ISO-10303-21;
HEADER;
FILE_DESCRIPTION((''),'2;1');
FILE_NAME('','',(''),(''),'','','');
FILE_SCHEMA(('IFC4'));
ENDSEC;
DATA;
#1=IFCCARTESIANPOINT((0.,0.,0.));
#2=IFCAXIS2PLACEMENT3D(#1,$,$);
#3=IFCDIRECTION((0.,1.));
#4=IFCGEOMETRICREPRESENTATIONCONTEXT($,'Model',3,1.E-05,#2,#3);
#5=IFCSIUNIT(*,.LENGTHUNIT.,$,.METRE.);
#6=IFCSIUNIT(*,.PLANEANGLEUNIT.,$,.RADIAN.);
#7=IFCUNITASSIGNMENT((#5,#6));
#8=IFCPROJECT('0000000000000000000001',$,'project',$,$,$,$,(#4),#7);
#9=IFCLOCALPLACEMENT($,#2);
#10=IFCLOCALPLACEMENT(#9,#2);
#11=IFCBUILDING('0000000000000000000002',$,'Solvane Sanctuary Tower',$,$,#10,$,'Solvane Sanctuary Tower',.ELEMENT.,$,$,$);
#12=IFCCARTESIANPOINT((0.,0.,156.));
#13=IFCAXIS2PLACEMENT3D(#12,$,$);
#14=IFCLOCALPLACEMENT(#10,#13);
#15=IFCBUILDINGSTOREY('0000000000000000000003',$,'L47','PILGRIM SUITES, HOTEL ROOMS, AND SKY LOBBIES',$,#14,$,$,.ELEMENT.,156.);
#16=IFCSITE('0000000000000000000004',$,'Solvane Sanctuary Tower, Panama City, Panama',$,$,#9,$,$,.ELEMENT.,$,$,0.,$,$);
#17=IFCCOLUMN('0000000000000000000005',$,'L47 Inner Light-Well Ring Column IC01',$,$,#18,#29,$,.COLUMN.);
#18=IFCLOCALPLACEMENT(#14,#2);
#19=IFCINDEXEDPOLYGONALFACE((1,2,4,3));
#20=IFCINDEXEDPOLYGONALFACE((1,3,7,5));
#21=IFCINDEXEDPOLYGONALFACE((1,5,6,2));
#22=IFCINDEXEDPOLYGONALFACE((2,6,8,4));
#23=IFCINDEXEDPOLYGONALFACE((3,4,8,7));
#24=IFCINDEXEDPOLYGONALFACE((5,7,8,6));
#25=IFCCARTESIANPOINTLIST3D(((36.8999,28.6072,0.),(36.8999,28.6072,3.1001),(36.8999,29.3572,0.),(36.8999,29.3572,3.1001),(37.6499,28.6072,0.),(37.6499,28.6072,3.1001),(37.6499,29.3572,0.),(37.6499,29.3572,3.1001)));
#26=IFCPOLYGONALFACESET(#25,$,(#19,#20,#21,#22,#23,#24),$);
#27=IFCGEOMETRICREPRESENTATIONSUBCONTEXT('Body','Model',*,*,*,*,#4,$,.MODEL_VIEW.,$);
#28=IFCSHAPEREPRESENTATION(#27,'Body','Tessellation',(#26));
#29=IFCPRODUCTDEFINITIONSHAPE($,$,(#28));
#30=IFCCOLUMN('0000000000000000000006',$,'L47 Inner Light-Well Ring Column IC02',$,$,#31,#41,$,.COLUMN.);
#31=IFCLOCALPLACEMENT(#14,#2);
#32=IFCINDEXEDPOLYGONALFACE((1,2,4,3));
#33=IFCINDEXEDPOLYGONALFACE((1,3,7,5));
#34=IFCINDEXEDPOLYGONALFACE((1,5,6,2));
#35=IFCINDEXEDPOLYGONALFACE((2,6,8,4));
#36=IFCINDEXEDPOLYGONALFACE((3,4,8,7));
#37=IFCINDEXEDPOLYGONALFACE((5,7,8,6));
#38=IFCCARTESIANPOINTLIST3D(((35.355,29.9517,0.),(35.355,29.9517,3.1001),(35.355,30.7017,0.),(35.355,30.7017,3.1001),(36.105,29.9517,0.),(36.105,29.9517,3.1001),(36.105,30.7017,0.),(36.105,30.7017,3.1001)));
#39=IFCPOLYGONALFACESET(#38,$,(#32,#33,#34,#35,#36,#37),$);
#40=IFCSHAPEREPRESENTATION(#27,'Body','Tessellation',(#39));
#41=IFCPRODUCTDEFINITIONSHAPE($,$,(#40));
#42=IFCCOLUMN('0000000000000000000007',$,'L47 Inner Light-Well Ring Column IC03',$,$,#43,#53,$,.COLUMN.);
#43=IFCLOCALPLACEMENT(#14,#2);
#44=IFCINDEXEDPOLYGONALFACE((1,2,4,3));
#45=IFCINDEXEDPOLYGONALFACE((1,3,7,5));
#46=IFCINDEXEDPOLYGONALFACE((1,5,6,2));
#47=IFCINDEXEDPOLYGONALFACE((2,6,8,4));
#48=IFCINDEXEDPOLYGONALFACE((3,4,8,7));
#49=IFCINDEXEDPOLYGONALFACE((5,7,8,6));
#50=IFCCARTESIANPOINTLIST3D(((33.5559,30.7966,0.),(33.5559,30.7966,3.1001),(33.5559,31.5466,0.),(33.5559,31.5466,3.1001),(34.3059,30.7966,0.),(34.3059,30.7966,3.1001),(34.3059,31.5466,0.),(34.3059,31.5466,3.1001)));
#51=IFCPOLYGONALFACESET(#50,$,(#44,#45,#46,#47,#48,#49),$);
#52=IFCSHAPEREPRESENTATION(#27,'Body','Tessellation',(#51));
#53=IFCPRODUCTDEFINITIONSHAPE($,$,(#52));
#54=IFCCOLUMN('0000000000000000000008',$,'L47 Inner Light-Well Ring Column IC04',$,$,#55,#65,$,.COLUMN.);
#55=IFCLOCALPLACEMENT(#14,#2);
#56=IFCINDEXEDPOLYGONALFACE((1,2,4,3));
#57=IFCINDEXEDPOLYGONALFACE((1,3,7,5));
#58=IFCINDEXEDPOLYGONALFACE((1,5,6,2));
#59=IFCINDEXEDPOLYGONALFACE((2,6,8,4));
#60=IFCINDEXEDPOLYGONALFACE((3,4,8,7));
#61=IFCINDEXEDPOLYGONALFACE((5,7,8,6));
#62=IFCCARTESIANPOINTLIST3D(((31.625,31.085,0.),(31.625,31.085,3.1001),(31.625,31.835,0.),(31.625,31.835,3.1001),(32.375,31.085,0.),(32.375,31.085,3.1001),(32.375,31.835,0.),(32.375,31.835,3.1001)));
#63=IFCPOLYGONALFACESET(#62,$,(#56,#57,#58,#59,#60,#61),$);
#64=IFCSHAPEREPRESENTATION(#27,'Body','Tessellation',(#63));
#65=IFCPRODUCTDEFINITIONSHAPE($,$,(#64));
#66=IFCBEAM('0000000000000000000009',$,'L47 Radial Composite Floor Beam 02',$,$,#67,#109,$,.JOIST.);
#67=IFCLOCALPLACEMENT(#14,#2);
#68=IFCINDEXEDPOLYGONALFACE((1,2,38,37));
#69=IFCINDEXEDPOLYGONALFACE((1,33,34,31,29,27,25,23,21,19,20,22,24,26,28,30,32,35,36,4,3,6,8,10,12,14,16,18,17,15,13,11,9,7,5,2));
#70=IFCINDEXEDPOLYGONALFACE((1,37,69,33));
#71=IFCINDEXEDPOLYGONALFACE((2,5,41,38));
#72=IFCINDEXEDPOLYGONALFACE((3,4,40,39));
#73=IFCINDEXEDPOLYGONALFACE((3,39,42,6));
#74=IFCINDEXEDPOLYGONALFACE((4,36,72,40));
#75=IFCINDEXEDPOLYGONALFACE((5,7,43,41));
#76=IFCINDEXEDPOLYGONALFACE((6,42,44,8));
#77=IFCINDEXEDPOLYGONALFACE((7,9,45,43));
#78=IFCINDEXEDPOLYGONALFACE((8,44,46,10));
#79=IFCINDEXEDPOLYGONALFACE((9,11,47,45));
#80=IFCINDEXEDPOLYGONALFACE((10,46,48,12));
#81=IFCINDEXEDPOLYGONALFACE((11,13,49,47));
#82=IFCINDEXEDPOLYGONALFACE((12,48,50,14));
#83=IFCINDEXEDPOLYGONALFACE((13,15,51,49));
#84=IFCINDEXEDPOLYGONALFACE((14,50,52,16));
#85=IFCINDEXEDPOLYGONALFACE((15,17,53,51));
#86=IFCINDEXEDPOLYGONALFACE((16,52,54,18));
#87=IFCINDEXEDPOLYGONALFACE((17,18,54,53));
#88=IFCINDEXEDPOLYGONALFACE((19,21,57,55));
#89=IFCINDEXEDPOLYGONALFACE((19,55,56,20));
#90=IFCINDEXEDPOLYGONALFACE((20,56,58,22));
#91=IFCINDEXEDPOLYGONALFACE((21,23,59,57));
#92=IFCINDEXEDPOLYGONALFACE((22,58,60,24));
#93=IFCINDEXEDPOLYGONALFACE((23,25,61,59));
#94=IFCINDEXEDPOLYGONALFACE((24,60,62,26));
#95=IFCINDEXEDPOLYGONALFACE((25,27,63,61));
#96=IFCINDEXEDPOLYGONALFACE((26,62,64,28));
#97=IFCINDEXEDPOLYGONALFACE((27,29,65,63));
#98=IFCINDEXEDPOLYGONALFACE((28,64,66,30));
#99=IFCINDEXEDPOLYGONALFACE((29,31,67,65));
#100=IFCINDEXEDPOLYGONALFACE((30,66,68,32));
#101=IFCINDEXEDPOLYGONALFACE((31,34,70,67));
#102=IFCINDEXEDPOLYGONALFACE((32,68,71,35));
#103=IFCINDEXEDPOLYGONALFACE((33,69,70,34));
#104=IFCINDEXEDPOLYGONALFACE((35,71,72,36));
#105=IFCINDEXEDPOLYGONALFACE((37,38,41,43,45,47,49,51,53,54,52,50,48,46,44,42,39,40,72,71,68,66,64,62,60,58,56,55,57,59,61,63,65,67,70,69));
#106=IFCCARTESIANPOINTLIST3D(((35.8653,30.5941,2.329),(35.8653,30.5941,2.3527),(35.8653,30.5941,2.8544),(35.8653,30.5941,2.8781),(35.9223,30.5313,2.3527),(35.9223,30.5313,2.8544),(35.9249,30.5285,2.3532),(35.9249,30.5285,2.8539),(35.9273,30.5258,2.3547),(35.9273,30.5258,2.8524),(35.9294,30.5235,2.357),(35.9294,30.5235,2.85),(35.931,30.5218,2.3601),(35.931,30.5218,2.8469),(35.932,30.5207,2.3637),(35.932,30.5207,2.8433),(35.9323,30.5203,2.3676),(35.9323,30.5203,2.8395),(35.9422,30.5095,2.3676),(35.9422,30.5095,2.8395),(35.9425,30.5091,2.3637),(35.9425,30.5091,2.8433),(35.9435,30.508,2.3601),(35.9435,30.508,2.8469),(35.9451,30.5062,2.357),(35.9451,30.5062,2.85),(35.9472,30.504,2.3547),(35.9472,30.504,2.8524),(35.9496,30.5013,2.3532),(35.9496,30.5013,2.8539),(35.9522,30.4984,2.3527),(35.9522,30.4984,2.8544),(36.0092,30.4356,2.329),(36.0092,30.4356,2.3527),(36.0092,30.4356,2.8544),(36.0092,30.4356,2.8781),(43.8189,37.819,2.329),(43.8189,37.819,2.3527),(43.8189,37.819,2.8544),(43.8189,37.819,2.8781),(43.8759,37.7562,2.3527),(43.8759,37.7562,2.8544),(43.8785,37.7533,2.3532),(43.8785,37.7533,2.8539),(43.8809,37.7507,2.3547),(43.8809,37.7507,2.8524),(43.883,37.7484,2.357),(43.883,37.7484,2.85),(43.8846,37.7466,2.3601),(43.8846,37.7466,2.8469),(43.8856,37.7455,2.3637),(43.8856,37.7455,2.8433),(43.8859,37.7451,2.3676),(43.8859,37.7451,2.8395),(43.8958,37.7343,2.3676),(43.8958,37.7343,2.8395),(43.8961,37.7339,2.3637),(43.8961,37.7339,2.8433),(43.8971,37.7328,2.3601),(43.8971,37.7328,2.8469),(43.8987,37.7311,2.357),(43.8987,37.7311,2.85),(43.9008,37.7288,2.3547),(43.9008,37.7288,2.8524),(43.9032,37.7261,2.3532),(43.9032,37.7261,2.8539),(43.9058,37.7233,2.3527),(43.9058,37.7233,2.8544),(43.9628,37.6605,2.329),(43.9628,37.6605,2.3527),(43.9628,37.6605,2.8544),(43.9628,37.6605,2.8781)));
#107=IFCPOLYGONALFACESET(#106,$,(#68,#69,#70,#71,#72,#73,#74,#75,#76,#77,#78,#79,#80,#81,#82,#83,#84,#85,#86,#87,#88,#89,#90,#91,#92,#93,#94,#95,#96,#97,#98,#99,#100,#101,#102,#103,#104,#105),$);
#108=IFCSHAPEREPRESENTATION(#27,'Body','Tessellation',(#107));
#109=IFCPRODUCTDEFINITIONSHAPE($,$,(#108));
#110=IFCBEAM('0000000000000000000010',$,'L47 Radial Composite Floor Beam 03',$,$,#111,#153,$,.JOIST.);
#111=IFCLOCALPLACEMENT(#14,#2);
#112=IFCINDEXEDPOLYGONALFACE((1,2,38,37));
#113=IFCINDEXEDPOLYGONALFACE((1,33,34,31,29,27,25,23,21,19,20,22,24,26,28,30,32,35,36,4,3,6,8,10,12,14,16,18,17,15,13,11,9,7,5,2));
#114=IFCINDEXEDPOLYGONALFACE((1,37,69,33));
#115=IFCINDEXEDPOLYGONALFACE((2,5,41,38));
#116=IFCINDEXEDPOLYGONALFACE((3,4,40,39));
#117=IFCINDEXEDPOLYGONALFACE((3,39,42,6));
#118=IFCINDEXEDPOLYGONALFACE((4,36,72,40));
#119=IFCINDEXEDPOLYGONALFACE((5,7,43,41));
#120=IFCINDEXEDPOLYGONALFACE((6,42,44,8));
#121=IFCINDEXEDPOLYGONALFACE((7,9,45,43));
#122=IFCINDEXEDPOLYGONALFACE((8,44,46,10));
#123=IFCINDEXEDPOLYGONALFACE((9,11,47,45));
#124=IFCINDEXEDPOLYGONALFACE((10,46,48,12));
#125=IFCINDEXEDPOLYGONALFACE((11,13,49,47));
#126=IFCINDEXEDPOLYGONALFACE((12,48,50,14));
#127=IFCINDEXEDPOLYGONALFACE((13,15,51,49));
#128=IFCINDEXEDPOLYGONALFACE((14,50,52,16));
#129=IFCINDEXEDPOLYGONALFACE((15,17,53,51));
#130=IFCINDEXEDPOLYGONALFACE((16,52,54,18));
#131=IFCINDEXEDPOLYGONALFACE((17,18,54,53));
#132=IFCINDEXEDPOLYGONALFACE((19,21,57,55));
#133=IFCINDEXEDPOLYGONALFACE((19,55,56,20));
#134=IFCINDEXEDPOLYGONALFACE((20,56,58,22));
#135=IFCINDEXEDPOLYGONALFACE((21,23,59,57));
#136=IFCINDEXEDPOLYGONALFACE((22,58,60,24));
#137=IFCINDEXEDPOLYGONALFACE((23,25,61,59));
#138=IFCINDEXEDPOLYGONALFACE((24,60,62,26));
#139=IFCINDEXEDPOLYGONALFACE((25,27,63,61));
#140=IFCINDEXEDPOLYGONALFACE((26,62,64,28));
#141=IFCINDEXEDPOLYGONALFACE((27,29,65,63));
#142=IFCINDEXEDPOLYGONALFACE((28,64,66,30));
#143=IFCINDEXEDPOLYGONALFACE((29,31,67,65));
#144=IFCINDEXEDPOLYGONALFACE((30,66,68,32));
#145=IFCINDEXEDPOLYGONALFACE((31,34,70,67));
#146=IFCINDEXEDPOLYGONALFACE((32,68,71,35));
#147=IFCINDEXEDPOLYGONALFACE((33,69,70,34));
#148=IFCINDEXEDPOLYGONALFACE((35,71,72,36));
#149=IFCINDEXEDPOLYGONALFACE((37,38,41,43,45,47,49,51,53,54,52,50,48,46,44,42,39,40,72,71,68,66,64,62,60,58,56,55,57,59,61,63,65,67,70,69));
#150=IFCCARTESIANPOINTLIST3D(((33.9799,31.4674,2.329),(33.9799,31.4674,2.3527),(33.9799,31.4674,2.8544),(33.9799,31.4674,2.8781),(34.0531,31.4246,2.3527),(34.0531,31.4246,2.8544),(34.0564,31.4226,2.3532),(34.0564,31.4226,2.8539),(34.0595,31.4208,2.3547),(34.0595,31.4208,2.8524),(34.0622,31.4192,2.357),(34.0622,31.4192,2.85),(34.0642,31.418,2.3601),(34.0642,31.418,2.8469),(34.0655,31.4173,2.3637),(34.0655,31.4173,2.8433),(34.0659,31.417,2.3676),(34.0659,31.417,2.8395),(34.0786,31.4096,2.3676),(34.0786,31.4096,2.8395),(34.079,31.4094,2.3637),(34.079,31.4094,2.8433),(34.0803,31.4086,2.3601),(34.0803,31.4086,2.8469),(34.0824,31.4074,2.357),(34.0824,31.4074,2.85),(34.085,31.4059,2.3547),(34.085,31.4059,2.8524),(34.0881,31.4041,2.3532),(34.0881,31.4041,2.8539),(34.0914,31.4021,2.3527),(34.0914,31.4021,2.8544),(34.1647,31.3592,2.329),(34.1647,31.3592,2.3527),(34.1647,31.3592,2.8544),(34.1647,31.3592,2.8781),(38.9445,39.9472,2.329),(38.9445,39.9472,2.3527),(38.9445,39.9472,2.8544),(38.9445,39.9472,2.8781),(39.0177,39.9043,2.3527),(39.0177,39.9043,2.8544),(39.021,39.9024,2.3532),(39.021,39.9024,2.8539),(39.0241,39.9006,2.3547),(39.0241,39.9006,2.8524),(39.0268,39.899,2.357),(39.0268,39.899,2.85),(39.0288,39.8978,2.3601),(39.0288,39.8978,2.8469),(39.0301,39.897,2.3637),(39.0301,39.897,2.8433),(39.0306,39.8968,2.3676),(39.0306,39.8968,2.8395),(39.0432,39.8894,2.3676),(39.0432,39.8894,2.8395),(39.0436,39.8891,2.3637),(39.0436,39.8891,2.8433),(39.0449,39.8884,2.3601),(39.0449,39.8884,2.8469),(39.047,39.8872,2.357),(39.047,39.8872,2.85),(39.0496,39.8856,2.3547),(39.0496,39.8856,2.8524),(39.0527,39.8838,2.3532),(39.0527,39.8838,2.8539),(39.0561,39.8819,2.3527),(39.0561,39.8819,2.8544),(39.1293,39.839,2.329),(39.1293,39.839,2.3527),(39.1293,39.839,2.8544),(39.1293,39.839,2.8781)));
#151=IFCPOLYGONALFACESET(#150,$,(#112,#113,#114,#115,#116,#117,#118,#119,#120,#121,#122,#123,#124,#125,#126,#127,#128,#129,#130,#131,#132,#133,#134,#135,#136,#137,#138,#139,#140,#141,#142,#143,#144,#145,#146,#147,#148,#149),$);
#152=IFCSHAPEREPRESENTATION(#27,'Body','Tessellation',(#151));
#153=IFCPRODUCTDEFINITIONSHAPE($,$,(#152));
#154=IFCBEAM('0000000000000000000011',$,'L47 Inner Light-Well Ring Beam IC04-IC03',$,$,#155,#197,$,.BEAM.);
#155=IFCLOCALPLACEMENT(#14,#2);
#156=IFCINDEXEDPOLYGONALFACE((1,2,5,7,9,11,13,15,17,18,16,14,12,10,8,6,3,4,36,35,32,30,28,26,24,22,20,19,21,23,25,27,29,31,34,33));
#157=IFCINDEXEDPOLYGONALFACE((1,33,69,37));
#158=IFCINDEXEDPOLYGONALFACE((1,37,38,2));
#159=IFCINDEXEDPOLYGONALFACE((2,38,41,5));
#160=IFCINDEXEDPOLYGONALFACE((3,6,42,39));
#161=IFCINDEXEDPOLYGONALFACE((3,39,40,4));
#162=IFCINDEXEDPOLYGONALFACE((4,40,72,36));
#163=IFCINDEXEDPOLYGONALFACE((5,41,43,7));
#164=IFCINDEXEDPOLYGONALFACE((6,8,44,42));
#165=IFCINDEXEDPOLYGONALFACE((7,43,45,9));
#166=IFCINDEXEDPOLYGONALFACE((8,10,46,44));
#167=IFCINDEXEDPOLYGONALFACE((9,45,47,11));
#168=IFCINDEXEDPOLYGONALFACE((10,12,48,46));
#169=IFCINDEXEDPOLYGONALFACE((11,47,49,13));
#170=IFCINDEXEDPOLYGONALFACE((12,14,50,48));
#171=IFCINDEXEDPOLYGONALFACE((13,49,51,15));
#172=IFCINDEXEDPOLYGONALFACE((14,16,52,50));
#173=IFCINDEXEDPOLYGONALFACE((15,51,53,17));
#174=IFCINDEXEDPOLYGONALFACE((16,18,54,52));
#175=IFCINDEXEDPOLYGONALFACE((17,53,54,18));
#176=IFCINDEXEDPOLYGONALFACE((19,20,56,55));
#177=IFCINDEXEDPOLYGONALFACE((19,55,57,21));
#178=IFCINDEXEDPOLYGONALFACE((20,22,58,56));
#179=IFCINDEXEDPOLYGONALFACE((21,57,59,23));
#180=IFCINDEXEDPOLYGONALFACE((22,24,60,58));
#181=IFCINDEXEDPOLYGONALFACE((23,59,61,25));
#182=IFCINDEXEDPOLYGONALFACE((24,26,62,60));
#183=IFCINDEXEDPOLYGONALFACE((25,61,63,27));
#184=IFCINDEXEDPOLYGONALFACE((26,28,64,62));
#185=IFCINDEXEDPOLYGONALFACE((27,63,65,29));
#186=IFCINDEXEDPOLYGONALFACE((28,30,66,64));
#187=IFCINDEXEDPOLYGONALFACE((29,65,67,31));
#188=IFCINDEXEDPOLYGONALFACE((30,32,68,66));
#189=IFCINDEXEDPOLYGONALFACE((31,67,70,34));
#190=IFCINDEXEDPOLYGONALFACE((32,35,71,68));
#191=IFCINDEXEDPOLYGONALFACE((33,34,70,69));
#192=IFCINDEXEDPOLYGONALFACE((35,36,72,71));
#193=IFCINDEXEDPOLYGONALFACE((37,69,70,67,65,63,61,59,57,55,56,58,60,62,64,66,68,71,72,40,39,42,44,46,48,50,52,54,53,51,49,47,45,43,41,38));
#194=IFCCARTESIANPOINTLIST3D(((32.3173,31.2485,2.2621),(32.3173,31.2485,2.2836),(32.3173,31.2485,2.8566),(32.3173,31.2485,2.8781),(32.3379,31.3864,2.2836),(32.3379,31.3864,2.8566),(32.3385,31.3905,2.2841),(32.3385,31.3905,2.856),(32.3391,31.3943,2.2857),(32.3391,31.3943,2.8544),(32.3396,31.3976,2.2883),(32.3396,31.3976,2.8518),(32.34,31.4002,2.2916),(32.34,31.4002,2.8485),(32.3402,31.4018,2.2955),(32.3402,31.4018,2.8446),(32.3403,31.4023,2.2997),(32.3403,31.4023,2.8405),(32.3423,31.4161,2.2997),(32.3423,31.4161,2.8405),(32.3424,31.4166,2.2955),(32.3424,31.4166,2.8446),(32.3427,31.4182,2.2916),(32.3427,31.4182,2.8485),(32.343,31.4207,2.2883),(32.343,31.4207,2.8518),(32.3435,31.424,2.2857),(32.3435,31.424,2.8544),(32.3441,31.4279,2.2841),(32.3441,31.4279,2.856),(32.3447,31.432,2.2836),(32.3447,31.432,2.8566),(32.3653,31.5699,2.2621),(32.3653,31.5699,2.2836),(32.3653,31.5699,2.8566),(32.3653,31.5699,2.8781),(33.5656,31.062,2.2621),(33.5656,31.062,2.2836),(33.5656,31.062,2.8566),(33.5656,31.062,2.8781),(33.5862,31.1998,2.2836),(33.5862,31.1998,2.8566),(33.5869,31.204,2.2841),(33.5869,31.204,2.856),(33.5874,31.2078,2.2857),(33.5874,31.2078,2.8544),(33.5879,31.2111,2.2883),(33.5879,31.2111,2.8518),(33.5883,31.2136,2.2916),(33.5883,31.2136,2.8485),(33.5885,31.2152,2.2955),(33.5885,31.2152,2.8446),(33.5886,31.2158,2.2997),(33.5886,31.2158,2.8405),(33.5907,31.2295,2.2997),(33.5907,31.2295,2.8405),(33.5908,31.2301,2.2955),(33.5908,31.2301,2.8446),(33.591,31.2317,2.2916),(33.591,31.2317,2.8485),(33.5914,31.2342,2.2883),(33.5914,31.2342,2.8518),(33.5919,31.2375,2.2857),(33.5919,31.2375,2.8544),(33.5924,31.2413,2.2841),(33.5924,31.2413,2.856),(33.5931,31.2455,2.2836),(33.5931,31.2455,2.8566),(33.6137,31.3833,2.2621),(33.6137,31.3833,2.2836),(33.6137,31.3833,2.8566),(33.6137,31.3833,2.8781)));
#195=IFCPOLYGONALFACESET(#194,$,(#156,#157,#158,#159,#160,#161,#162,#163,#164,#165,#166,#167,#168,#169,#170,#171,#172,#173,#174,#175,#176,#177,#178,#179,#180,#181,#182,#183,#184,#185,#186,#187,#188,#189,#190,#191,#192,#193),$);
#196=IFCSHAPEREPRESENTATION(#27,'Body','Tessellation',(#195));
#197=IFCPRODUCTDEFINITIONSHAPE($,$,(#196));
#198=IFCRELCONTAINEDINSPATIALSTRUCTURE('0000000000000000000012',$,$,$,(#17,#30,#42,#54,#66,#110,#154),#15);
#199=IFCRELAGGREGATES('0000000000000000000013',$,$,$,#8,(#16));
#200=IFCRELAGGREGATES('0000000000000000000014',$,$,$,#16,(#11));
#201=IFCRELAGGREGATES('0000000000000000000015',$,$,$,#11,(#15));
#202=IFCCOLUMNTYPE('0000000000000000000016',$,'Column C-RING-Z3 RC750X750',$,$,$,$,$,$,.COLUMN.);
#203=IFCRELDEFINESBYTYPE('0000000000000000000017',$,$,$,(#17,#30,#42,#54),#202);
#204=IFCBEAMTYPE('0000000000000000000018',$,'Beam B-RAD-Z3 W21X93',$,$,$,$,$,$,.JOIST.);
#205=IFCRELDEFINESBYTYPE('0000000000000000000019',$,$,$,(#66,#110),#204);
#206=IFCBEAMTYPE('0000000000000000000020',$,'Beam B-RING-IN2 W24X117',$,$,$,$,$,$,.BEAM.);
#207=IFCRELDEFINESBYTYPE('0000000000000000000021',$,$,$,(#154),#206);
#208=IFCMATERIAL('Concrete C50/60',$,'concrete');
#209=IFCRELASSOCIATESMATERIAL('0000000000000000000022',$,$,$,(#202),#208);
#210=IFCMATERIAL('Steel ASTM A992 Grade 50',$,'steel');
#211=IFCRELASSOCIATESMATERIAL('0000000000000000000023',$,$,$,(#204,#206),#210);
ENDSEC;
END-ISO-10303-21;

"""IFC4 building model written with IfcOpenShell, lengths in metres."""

from ifc_helpers import new_model, si_unit, direction, frame, origin, origin_2d, place, context, subcontext, project, spatial, rectangle, i_section, extrude, material, material_profile, profile_set, type_object, element, save


model = new_model("IFC4")

# Units and contexts
model_context = context("Model", 3, precision=1e-05, world=origin(), true_north=direction((0.0, 1.0)))
body_context = subcontext(model_context, "Body", "Model", "MODEL_VIEW")
ifc_project = project(units=[si_unit("LENGTHUNIT", "METRE"), si_unit("PLANEANGLEUNIT", "RADIAN")], contexts=[model_context])

# Site, building, storey
site_placement = place(None, origin())
site = spatial("IfcSite", under=ifc_project, at=site_placement, Name="Solvane Sanctuary Tower, Panama City, Panama", CompositionType="ELEMENT", RefElevation=0.0)
building_placement = place(site_placement, origin())
building = spatial("IfcBuilding", under=site, at=building_placement, Name="Solvane Sanctuary Tower", LongName="Solvane Sanctuary Tower", CompositionType="ELEMENT")
storey_placement = place(building_placement, frame((0.0, 0.0, 156.0)))
storey = spatial("IfcBuildingStorey", under=building, at=storey_placement, Name="L47", Description="PILGRIM SUITES, HOTEL ROOMS, AND SKY LOBBIES", CompositionType="ELEMENT", Elevation=156.0)

# Columns
ifc_material_1 = material(Name="Concrete C50/60", Category="concrete")
ifc_material_profile_1 = material_profile(ifc_material_1, rectangle(XDim=0.75, YDim=0.75, at=origin_2d()), Name="RC750X750")
ifc_profile_set_1 = profile_set([ifc_material_profile_1], Name="Concrete C50/60")
column_type = type_object("IfcColumnType", Name="Column C-RING-Z3 RC750X750", PredefinedType="COLUMN", material=ifc_profile_set_1)
for number, where, z_axis, x_axis, name in (
    (1, (37.2749, 28.9822, 0.0), (0.0, 0.0, 1.0), (1.0, 0.0, 0.0), "L47 Inner Light-Well Ring Column IC01"),
    (2, (35.73, 30.3267, 0.0), (0.0, 0.0, 1.0), (1.0, 0.0, 0.0), "L47 Inner Light-Well Ring Column IC02"),
    (3, (33.9309, 31.1716, 0.0), (0.0, 0.0, 1.0), (1.0, 0.0, 0.0), "L47 Inner Light-Well Ring Column IC03"),
    (4, (32.0, 31.46, 0.0), (0.0, 0.0, 1.0), (1.0, 0.0, 0.0), "L47 Inner Light-Well Ring Column IC04"),
):
    element("IfcColumn", number, at=place(storey_placement, frame(where, z_axis=z_axis, x_axis=x_axis)), inside=storey, type_object=column_type, Name=name, PredefinedType="COLUMN", context=body_context, shape_type="SweptSolid", body=[
        extrude(rectangle(XDim=0.75, YDim=0.75, at=origin_2d()), origin(), (0.0, 0.0, 1.0), 3.1001),
    ])

# Beams
ifc_material_2 = material(Name="Steel ASTM A992 Grade 50", Category="steel")
ifc_material_profile_2 = material_profile(ifc_material_2, i_section(OverallWidth=0.2141, OverallDepth=0.5491, WebThickness=0.0146, FlangeThickness=0.0237, FilletRadius=0.0149, at=origin_2d()), Name="W21X93")
ifc_profile_set_2 = profile_set([ifc_material_profile_2], Name="Steel ASTM A992 Grade 50")
beam_type_1 = type_object("IfcBeamType", Name="Beam B-RAD-Z3 W21X93", PredefinedType="JOIST", material=ifc_profile_set_2)
beam_1_placement = place(storey_placement, frame((35.9373, 30.5149, 2.6035), z_axis=(0.740204, 0.672382, 0.0), x_axis=(-0.672382, 0.740204, 0.0)))
element("IfcBeam", 5, at=beam_1_placement, inside=storey, type_object=beam_type_1, Name="L47 Radial Composite Floor Beam 02", PredefinedType="JOIST", context=body_context, shape_type="SweptSolid", body=[
    extrude(i_section(OverallWidth=0.2141, OverallDepth=0.5491, WebThickness=0.0146, FlangeThickness=0.0237, FilletRadius=0.0149, at=origin_2d()), origin(), (0.0, 0.0, 1.0), 10.7451),
])
beam_2_placement = place(storey_placement, frame((34.0723, 31.4133, 2.6035), z_axis=(0.505244, 0.862977, 0.0), x_axis=(-0.862977, 0.505244, 0.0)))
element("IfcBeam", 6, at=beam_2_placement, inside=storey, type_object=beam_type_1, Name="L47 Radial Composite Floor Beam 03", PredefinedType="JOIST", context=body_context, shape_type="SweptSolid", body=[
    extrude(i_section(OverallWidth=0.2141, OverallDepth=0.5491, WebThickness=0.0146, FlangeThickness=0.0237, FilletRadius=0.0149, at=origin_2d()), origin(), (0.0, 0.0, 1.0), 9.8262),
])
ifc_material_profile_3 = material_profile(ifc_material_2, i_section(OverallWidth=0.325, OverallDepth=0.616, WebThickness=0.0139, FlangeThickness=0.0215, FilletRadius=0.0161, at=origin_2d()), Name="W24X117")
ifc_profile_set_3 = profile_set([ifc_material_profile_3], Name="Steel ASTM A992 Grade 50")
beam_type_2 = type_object("IfcBeamType", Name="Beam B-RING-IN2 W24X117", PredefinedType="BEAM", material=ifc_profile_set_3)
beam_3_placement = place(storey_placement, frame((32.3413, 31.4092, 2.5701), z_axis=(0.98902, -0.147782, 0.0), x_axis=(0.147782, 0.98902, 0.0)))
element("IfcBeam", 7, at=beam_3_placement, inside=storey, type_object=beam_type_2, Name="L47 Inner Light-Well Ring Beam IC04-IC03", PredefinedType="BEAM", context=body_context, shape_type="SweptSolid", body=[
    extrude(i_section(OverallWidth=0.325, OverallDepth=0.616, WebThickness=0.0139, FlangeThickness=0.0215, FilletRadius=0.0161, at=origin_2d()), origin(), (0.0, 0.0, 1.0), 1.2622),
])

save(model, "model.ifc")
